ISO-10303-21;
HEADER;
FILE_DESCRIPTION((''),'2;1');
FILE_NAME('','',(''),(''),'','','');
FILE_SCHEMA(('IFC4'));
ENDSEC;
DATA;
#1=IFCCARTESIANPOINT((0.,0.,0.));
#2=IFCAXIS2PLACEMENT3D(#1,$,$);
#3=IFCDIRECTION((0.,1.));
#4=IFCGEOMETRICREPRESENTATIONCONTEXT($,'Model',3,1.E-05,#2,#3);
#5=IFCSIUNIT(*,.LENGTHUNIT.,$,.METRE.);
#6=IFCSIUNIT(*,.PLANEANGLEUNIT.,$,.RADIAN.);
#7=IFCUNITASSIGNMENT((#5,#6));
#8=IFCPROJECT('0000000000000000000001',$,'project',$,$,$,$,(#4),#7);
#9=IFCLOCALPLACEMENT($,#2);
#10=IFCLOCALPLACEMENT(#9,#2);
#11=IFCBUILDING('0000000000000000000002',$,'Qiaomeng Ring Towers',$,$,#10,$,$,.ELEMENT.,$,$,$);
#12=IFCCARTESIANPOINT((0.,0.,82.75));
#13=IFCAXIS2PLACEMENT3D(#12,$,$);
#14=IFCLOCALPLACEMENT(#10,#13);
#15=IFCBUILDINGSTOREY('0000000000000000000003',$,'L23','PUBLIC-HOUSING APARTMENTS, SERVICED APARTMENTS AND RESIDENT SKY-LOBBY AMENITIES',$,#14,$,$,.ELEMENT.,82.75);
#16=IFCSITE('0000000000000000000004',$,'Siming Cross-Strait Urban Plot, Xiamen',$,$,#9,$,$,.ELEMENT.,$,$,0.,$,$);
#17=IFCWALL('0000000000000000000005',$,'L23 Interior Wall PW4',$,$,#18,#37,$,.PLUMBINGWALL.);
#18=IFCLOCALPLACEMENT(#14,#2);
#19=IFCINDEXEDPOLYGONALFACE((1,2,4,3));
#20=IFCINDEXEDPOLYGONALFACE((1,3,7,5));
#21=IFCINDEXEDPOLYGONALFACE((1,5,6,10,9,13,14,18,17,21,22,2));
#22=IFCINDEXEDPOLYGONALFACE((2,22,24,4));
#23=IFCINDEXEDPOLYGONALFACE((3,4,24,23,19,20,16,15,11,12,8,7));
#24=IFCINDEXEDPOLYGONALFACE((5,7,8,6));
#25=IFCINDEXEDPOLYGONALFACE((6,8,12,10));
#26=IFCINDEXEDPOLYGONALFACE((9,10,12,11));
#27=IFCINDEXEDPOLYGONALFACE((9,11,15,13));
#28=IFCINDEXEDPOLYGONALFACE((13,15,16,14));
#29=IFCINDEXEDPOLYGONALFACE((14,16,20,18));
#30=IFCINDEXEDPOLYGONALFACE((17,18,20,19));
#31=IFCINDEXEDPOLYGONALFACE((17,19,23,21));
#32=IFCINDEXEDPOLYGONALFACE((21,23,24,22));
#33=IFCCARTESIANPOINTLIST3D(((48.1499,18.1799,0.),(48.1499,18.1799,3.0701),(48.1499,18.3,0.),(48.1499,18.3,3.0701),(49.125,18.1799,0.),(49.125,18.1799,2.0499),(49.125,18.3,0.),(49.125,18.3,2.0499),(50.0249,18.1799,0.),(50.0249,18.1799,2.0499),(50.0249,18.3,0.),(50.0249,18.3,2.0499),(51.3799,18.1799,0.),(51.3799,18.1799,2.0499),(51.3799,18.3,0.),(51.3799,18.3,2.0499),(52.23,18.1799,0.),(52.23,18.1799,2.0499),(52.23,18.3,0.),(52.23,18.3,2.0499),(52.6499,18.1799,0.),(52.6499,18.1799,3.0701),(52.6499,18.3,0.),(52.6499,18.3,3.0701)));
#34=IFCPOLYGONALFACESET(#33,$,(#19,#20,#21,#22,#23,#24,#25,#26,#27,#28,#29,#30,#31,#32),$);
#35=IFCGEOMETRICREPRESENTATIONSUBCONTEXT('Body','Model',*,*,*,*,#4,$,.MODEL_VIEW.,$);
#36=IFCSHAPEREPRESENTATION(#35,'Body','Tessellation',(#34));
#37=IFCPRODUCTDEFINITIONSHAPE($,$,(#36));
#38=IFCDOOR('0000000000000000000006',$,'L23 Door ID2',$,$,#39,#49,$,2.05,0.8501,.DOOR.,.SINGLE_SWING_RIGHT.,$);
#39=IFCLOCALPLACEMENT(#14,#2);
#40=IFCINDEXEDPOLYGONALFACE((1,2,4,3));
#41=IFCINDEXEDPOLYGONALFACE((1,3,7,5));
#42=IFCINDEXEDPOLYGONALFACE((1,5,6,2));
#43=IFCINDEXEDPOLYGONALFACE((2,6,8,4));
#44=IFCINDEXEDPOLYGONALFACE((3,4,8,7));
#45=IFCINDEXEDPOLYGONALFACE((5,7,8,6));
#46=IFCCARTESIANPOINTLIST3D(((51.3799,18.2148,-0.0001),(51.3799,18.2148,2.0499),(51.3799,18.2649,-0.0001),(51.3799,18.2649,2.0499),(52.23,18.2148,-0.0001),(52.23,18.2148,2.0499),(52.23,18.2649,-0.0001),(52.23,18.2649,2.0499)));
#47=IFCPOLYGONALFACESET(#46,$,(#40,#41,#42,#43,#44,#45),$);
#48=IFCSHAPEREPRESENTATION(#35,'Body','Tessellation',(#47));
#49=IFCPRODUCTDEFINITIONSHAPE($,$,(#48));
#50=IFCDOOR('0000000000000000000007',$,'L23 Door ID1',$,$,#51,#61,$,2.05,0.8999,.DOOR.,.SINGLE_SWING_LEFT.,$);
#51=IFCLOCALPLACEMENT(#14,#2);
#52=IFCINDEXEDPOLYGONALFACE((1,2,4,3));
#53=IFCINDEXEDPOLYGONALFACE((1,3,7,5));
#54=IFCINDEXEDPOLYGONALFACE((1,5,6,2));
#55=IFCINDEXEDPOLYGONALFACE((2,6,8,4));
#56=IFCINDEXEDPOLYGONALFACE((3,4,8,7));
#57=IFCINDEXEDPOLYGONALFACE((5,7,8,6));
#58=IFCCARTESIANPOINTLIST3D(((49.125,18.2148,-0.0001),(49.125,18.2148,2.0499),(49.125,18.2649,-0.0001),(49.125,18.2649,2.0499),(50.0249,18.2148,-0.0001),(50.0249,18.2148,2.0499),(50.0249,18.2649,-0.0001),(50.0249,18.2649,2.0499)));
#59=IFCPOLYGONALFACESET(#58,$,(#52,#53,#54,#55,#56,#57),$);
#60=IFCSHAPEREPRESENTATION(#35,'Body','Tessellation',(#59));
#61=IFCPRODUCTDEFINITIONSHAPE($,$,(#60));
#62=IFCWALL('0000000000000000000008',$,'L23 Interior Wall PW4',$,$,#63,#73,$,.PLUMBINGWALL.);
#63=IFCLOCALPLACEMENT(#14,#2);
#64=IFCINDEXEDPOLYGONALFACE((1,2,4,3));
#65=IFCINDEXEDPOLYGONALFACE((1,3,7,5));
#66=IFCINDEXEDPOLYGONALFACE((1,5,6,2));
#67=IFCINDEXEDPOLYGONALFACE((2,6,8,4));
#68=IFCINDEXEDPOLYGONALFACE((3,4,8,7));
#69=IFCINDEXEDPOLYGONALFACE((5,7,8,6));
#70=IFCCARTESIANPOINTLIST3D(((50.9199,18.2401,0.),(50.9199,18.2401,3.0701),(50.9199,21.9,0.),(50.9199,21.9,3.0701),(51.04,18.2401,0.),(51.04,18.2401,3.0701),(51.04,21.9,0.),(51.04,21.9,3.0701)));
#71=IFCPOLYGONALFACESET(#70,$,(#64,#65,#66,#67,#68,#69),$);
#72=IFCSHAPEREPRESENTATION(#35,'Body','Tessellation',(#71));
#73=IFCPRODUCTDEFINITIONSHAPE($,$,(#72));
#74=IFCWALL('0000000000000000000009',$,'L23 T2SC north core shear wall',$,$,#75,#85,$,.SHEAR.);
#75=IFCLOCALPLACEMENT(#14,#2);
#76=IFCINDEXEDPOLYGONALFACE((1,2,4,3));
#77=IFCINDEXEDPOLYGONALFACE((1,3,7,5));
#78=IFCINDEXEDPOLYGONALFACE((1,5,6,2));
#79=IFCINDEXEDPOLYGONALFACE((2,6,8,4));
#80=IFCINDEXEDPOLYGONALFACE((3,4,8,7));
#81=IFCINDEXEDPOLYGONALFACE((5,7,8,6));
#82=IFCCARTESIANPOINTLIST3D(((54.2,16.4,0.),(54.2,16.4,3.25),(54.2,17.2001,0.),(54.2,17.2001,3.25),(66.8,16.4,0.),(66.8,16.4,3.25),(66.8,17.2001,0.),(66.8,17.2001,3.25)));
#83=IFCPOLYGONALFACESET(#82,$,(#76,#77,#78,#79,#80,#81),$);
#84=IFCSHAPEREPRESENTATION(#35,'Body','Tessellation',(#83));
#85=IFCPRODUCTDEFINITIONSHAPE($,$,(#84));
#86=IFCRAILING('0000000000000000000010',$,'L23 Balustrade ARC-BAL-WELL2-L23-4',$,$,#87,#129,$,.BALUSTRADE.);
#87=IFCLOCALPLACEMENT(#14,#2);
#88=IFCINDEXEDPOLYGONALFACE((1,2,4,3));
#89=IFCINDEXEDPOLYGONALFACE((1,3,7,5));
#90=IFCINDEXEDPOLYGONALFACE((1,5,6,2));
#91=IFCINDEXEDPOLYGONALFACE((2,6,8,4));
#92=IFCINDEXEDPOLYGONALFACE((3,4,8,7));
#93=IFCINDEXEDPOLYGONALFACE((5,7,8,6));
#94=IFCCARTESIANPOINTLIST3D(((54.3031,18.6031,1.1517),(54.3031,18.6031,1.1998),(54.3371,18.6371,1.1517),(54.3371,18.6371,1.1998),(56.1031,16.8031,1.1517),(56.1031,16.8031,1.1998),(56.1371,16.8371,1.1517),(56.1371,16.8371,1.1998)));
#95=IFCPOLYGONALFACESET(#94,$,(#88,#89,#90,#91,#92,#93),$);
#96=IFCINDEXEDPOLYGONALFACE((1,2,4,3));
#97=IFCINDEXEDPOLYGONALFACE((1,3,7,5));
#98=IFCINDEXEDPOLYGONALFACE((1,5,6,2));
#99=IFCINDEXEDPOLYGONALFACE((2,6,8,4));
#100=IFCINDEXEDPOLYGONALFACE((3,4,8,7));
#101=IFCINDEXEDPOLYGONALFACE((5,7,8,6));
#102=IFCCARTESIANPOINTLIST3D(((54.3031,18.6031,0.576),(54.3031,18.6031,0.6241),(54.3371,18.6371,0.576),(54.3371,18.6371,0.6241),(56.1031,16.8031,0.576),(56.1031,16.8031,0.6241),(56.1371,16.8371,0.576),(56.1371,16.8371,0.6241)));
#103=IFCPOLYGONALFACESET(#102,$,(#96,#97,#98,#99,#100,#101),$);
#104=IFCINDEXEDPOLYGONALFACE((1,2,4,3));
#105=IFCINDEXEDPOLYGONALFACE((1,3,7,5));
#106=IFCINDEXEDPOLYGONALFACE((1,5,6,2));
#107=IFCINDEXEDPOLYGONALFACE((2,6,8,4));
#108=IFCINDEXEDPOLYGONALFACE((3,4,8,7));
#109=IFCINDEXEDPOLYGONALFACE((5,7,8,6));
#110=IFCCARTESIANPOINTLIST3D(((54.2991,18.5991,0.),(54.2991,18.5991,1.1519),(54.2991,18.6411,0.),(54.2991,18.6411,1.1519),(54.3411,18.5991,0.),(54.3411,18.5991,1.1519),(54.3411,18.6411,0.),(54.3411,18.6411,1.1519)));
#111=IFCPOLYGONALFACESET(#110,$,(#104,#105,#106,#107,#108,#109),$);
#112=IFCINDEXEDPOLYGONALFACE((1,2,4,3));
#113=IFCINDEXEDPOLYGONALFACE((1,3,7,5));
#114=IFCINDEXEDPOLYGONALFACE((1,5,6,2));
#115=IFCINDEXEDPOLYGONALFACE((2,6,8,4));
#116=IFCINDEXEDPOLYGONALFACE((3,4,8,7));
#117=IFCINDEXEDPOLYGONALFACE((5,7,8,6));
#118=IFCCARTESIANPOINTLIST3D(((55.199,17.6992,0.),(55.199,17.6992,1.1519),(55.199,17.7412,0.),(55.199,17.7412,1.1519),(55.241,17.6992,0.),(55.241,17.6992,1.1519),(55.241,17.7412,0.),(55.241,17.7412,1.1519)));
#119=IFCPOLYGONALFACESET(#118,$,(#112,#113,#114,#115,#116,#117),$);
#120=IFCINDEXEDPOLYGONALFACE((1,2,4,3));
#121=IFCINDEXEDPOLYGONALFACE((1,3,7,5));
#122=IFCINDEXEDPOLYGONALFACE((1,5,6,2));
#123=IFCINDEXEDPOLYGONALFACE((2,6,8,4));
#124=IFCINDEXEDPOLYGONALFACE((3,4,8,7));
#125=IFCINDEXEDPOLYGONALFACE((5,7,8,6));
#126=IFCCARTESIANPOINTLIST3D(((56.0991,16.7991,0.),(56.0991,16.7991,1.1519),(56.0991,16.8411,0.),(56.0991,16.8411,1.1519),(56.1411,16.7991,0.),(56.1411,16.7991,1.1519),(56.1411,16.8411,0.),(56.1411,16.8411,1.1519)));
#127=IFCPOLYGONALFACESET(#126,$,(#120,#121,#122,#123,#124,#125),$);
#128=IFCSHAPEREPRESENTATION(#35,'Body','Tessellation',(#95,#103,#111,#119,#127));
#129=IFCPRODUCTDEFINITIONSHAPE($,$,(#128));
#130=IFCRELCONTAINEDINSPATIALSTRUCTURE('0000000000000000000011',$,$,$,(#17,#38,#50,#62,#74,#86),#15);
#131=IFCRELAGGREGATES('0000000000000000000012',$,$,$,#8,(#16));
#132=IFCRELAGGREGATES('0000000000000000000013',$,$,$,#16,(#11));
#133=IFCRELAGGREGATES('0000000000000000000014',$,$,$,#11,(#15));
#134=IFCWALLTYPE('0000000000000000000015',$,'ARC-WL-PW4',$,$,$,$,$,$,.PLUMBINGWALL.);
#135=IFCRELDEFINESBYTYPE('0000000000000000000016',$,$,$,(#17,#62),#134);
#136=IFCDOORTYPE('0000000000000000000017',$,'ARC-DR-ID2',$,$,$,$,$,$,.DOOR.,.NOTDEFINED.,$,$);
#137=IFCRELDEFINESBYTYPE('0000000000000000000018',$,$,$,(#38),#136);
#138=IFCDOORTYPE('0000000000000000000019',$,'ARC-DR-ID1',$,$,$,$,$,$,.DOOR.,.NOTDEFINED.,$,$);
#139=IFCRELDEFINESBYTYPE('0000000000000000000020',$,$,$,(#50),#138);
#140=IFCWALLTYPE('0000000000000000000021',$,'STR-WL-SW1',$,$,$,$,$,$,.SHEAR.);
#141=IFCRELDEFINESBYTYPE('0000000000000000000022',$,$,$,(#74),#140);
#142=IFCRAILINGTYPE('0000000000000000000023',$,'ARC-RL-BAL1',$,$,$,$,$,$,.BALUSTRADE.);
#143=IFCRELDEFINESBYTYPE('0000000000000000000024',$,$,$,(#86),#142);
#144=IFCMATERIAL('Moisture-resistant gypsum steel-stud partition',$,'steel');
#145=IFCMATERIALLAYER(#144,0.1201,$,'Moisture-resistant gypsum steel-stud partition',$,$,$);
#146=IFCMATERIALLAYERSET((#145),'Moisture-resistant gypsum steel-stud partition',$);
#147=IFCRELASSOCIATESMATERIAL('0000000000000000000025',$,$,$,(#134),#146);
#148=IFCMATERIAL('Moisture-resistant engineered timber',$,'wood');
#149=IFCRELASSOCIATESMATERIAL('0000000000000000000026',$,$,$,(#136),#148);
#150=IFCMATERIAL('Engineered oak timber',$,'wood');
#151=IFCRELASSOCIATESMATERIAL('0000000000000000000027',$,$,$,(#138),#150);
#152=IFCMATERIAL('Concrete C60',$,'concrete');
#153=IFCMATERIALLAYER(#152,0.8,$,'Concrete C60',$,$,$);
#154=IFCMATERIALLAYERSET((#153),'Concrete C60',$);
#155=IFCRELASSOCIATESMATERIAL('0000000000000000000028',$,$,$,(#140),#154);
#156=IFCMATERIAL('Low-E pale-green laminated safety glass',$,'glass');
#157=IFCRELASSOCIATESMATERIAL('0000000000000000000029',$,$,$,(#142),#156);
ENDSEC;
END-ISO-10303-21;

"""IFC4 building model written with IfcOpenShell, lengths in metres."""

from ifc_helpers import new_model, si_unit, direction, frame, frame_2d, origin, origin_2d, place, context, subcontext, project, spatial, rectangle, extrude, source, transform, mapped, material, layer, layer_set, type_object, element, fill, save


model = new_model("IFC4")

# Units and contexts
model_context = context("Model", 3, precision=1e-05, world=origin(), true_north=direction((0.0, 1.0)))
body_context = subcontext(model_context, "Body", "Model", "MODEL_VIEW")
ifc_project = project(units=[si_unit("LENGTHUNIT", "METRE"), si_unit("PLANEANGLEUNIT", "RADIAN")], contexts=[model_context])

# Site, building, storey
site_placement = place(None, origin())
site = spatial("IfcSite", under=ifc_project, at=site_placement, Name="Siming Cross-Strait Urban Plot, Xiamen", CompositionType="ELEMENT", RefElevation=0.0)
building_placement = place(site_placement, origin())
building = spatial("IfcBuilding", under=site, at=building_placement, Name="Qiaomeng Ring Towers", CompositionType="ELEMENT")
storey_placement = place(building_placement, frame((0.0, 0.0, 82.75)))
storey = spatial("IfcBuildingStorey", under=building, at=storey_placement, Name="L23", Description="PUBLIC-HOUSING APARTMENTS, SERVICED APARTMENTS AND RESIDENT SKY-LOBBY AMENITIES", CompositionType="ELEMENT", Elevation=82.75)

# Wall, openings, doors
ifc_material_1 = material(Name="Moisture-resistant gypsum steel-stud partition", Category="steel")
ifc_layer_1 = layer(ifc_material_1, 0.1201, Name="Moisture-resistant gypsum steel-stud partition")
ifc_layer_set_1 = layer_set([ifc_layer_1], Name="Moisture-resistant gypsum steel-stud partition")
wall_type_1 = type_object("IfcWallType", Name="ARC-WL-PW4", PredefinedType="PLUMBINGWALL", material=ifc_layer_set_1)
wall_1_placement = place(storey_placement, frame((48.1499, 18.24, 0.0), z_axis=(0.0, 0.0, 1.0), x_axis=(1.0, 0.0, 0.0)))
wall_1 = element("IfcWall", 1, at=wall_1_placement, inside=storey, type_object=wall_type_1, Name="L23 Interior Wall PW4", PredefinedType="PLUMBINGWALL", context=body_context, shape_type="SweptSolid", body=[
    extrude(rectangle(XDim=4.5, YDim=0.1201, at=frame_2d((2.25, 0.0))), origin(), (0.0, 0.0, 1.0), 3.0701),
])
opening_1_placement = place(wall_1_placement, frame((0.9751, 0.0, 0.0)))
opening_1 = element("IfcOpeningElement", 2, at=opening_1_placement, cuts=wall_1, PredefinedType="OPENING", context=body_context, shape_type="SweptSolid", body=[
    extrude(rectangle(XDim=0.8999, YDim=2.05, at=frame_2d((0.45, 1.0249))), frame((0.0, 0.0701, 0.0), z_axis=(0.0, -1.0, 0.0), x_axis=(1.0, 0.0, 0.0)), (0.0, 0.0, 1.0), 0.1401),
])
opening_2_placement = place(wall_1_placement, frame((3.23, 0.0, 0.0)))
opening_2 = element("IfcOpeningElement", 3, at=opening_2_placement, cuts=wall_1, PredefinedType="OPENING", context=body_context, shape_type="SweptSolid", body=[
    extrude(rectangle(XDim=0.8501, YDim=2.05, at=frame_2d((0.425, 1.0249))), frame((0.0, 0.0701, 0.0), z_axis=(0.0, -1.0, 0.0), x_axis=(1.0, 0.0, 0.0)), (0.0, 0.0, 1.0), 0.1401),
])
ifc_material_2 = material(Name="Moisture-resistant engineered timber", Category="wood")
door_type_1 = type_object("IfcDoorType", Name="ARC-DR-ID2", OperationType="NOTDEFINED", PredefinedType="DOOR", material=ifc_material_2)
shared_shape_1 = source(origin(), body_context, "Body", "SweptSolid", [
    extrude(rectangle(XDim=0.8501, YDim=2.05, at=frame_2d((0.425, 1.0249))), frame((0.0, 0.0249, 0.0), z_axis=(0.0, -1.0, 0.0), x_axis=(1.0, 0.0, 0.0)), (0.0, 0.0, 1.0), 0.05),
])
door_1_placement = place(opening_2_placement, origin())
door_1 = element("IfcDoor", 4, at=door_1_placement, inside=storey, type_object=door_type_1, Name="L23 Door ID2", OperationType="SINGLE_SWING_RIGHT", OverallHeight=2.05, OverallWidth=0.8501, PredefinedType="DOOR", context=body_context, shape_type="MappedRepresentation", body=[
    mapped(shared_shape_1, transform((0.0, 0.0, 0.0), x_axis=(1.0, 0.0, 0.0), y_axis=(0.0, 1.0, 0.0), z_axis=(0.0, 0.0, 1.0), scale=1.0)),
])
fill(opening_2, door_1)
ifc_material_3 = material(Name="Engineered oak timber", Category="wood")
door_type_2 = type_object("IfcDoorType", Name="ARC-DR-ID1", OperationType="NOTDEFINED", PredefinedType="DOOR", material=ifc_material_3)
shared_shape_2 = source(origin(), body_context, "Body", "SweptSolid", [
    extrude(rectangle(XDim=0.8999, YDim=2.05, at=frame_2d((0.45, 1.0249))), frame((0.0, 0.0249, 0.0), z_axis=(0.0, -1.0, 0.0), x_axis=(1.0, 0.0, 0.0)), (0.0, 0.0, 1.0), 0.05),
])
door_2_placement = place(opening_1_placement, origin())
door_2 = element("IfcDoor", 5, at=door_2_placement, inside=storey, type_object=door_type_2, Name="L23 Door ID1", OperationType="SINGLE_SWING_LEFT", OverallHeight=2.05, OverallWidth=0.8999, PredefinedType="DOOR", context=body_context, shape_type="MappedRepresentation", body=[
    mapped(shared_shape_2, transform((0.0, 0.0, 0.0), x_axis=(1.0, 0.0, 0.0), y_axis=(0.0, 1.0, 0.0), z_axis=(0.0, 0.0, 1.0), scale=1.0)),
])
fill(opening_1, door_2)

# Walls
wall_2_placement = place(storey_placement, frame((50.98, 18.24, 0.0), z_axis=(0.0, 0.0, 1.0), x_axis=(0.0, 1.0, 0.0)))
element("IfcWall", 6, at=wall_2_placement, inside=storey, type_object=wall_type_1, Name="L23 Interior Wall PW4", PredefinedType="PLUMBINGWALL", context=body_context, shape_type="SweptSolid", body=[
    extrude(rectangle(XDim=3.6599, YDim=0.1201, at=frame_2d((1.8301, 0.0))), origin(), (0.0, 0.0, 1.0), 3.0701),
])
ifc_material_4 = material(Name="Concrete C60", Category="concrete")
ifc_layer_2 = layer(ifc_material_4, 0.8, Name="Concrete C60")
ifc_layer_set_2 = layer_set([ifc_layer_2], Name="Concrete C60")
wall_type_2 = type_object("IfcWallType", Name="STR-WL-SW1", PredefinedType="SHEAR", material=ifc_layer_set_2)
wall_3_placement = place(storey_placement, frame((54.2, 16.8, 0.0), z_axis=(0.0, 0.0, 1.0), x_axis=(1.0, 0.0, 0.0)))
element("IfcWall", 7, at=wall_3_placement, inside=storey, type_object=wall_type_2, Name="L23 T2SC north core shear wall", PredefinedType="SHEAR", context=body_context, shape_type="SweptSolid", body=[
    extrude(rectangle(XDim=12.6001, YDim=0.8, at=frame_2d((6.3, 0.0))), origin(), (0.0, 0.0, 1.0), 3.25),
])

# Railing
ifc_material_5 = material(Name="Low-E pale-green laminated safety glass", Category="glass")
railing_type = type_object("IfcRailingType", Name="ARC-RL-BAL1", PredefinedType="BALUSTRADE", material=ifc_material_5)
railing_placement = place(storey_placement, frame((54.3201, 18.6201, 0.0)))
element("IfcRailing", 8, at=railing_placement, inside=storey, type_object=railing_type, Name="L23 Balustrade ARC-BAL-WELL2-L23-4", PredefinedType="BALUSTRADE", context=body_context, shape_type="SweptSolid", body=[
    extrude(rectangle(XDim=0.0481, YDim=0.0481, at=origin_2d()), frame((0.0, 0.0, 1.1758), z_axis=(0.707107, -0.707107, 0.0), x_axis=(0.707107, 0.707107, 0.0)), (0.0, 0.0, 1.0), 2.5457),
    extrude(rectangle(XDim=0.0481, YDim=0.0481, at=origin_2d()), frame((0.0, 0.0, 0.6001), z_axis=(0.707107, -0.707107, 0.0), x_axis=(0.707107, 0.707107, 0.0)), (0.0, 0.0, 1.0), 2.5457),
    extrude(rectangle(XDim=0.042, YDim=0.042, at=origin_2d()), origin(), (0.0, 0.0, 1.0), 1.1519),
    extrude(rectangle(XDim=0.042, YDim=0.042, at=origin_2d()), frame((0.8999, -0.8999, 0.0)), (0.0, 0.0, 1.0), 1.1519),
    extrude(rectangle(XDim=0.042, YDim=0.042, at=origin_2d()), frame((1.8, -1.8, 0.0)), (0.0, 0.0, 1.0), 1.1519),
])

save(model, "model.ifc")
